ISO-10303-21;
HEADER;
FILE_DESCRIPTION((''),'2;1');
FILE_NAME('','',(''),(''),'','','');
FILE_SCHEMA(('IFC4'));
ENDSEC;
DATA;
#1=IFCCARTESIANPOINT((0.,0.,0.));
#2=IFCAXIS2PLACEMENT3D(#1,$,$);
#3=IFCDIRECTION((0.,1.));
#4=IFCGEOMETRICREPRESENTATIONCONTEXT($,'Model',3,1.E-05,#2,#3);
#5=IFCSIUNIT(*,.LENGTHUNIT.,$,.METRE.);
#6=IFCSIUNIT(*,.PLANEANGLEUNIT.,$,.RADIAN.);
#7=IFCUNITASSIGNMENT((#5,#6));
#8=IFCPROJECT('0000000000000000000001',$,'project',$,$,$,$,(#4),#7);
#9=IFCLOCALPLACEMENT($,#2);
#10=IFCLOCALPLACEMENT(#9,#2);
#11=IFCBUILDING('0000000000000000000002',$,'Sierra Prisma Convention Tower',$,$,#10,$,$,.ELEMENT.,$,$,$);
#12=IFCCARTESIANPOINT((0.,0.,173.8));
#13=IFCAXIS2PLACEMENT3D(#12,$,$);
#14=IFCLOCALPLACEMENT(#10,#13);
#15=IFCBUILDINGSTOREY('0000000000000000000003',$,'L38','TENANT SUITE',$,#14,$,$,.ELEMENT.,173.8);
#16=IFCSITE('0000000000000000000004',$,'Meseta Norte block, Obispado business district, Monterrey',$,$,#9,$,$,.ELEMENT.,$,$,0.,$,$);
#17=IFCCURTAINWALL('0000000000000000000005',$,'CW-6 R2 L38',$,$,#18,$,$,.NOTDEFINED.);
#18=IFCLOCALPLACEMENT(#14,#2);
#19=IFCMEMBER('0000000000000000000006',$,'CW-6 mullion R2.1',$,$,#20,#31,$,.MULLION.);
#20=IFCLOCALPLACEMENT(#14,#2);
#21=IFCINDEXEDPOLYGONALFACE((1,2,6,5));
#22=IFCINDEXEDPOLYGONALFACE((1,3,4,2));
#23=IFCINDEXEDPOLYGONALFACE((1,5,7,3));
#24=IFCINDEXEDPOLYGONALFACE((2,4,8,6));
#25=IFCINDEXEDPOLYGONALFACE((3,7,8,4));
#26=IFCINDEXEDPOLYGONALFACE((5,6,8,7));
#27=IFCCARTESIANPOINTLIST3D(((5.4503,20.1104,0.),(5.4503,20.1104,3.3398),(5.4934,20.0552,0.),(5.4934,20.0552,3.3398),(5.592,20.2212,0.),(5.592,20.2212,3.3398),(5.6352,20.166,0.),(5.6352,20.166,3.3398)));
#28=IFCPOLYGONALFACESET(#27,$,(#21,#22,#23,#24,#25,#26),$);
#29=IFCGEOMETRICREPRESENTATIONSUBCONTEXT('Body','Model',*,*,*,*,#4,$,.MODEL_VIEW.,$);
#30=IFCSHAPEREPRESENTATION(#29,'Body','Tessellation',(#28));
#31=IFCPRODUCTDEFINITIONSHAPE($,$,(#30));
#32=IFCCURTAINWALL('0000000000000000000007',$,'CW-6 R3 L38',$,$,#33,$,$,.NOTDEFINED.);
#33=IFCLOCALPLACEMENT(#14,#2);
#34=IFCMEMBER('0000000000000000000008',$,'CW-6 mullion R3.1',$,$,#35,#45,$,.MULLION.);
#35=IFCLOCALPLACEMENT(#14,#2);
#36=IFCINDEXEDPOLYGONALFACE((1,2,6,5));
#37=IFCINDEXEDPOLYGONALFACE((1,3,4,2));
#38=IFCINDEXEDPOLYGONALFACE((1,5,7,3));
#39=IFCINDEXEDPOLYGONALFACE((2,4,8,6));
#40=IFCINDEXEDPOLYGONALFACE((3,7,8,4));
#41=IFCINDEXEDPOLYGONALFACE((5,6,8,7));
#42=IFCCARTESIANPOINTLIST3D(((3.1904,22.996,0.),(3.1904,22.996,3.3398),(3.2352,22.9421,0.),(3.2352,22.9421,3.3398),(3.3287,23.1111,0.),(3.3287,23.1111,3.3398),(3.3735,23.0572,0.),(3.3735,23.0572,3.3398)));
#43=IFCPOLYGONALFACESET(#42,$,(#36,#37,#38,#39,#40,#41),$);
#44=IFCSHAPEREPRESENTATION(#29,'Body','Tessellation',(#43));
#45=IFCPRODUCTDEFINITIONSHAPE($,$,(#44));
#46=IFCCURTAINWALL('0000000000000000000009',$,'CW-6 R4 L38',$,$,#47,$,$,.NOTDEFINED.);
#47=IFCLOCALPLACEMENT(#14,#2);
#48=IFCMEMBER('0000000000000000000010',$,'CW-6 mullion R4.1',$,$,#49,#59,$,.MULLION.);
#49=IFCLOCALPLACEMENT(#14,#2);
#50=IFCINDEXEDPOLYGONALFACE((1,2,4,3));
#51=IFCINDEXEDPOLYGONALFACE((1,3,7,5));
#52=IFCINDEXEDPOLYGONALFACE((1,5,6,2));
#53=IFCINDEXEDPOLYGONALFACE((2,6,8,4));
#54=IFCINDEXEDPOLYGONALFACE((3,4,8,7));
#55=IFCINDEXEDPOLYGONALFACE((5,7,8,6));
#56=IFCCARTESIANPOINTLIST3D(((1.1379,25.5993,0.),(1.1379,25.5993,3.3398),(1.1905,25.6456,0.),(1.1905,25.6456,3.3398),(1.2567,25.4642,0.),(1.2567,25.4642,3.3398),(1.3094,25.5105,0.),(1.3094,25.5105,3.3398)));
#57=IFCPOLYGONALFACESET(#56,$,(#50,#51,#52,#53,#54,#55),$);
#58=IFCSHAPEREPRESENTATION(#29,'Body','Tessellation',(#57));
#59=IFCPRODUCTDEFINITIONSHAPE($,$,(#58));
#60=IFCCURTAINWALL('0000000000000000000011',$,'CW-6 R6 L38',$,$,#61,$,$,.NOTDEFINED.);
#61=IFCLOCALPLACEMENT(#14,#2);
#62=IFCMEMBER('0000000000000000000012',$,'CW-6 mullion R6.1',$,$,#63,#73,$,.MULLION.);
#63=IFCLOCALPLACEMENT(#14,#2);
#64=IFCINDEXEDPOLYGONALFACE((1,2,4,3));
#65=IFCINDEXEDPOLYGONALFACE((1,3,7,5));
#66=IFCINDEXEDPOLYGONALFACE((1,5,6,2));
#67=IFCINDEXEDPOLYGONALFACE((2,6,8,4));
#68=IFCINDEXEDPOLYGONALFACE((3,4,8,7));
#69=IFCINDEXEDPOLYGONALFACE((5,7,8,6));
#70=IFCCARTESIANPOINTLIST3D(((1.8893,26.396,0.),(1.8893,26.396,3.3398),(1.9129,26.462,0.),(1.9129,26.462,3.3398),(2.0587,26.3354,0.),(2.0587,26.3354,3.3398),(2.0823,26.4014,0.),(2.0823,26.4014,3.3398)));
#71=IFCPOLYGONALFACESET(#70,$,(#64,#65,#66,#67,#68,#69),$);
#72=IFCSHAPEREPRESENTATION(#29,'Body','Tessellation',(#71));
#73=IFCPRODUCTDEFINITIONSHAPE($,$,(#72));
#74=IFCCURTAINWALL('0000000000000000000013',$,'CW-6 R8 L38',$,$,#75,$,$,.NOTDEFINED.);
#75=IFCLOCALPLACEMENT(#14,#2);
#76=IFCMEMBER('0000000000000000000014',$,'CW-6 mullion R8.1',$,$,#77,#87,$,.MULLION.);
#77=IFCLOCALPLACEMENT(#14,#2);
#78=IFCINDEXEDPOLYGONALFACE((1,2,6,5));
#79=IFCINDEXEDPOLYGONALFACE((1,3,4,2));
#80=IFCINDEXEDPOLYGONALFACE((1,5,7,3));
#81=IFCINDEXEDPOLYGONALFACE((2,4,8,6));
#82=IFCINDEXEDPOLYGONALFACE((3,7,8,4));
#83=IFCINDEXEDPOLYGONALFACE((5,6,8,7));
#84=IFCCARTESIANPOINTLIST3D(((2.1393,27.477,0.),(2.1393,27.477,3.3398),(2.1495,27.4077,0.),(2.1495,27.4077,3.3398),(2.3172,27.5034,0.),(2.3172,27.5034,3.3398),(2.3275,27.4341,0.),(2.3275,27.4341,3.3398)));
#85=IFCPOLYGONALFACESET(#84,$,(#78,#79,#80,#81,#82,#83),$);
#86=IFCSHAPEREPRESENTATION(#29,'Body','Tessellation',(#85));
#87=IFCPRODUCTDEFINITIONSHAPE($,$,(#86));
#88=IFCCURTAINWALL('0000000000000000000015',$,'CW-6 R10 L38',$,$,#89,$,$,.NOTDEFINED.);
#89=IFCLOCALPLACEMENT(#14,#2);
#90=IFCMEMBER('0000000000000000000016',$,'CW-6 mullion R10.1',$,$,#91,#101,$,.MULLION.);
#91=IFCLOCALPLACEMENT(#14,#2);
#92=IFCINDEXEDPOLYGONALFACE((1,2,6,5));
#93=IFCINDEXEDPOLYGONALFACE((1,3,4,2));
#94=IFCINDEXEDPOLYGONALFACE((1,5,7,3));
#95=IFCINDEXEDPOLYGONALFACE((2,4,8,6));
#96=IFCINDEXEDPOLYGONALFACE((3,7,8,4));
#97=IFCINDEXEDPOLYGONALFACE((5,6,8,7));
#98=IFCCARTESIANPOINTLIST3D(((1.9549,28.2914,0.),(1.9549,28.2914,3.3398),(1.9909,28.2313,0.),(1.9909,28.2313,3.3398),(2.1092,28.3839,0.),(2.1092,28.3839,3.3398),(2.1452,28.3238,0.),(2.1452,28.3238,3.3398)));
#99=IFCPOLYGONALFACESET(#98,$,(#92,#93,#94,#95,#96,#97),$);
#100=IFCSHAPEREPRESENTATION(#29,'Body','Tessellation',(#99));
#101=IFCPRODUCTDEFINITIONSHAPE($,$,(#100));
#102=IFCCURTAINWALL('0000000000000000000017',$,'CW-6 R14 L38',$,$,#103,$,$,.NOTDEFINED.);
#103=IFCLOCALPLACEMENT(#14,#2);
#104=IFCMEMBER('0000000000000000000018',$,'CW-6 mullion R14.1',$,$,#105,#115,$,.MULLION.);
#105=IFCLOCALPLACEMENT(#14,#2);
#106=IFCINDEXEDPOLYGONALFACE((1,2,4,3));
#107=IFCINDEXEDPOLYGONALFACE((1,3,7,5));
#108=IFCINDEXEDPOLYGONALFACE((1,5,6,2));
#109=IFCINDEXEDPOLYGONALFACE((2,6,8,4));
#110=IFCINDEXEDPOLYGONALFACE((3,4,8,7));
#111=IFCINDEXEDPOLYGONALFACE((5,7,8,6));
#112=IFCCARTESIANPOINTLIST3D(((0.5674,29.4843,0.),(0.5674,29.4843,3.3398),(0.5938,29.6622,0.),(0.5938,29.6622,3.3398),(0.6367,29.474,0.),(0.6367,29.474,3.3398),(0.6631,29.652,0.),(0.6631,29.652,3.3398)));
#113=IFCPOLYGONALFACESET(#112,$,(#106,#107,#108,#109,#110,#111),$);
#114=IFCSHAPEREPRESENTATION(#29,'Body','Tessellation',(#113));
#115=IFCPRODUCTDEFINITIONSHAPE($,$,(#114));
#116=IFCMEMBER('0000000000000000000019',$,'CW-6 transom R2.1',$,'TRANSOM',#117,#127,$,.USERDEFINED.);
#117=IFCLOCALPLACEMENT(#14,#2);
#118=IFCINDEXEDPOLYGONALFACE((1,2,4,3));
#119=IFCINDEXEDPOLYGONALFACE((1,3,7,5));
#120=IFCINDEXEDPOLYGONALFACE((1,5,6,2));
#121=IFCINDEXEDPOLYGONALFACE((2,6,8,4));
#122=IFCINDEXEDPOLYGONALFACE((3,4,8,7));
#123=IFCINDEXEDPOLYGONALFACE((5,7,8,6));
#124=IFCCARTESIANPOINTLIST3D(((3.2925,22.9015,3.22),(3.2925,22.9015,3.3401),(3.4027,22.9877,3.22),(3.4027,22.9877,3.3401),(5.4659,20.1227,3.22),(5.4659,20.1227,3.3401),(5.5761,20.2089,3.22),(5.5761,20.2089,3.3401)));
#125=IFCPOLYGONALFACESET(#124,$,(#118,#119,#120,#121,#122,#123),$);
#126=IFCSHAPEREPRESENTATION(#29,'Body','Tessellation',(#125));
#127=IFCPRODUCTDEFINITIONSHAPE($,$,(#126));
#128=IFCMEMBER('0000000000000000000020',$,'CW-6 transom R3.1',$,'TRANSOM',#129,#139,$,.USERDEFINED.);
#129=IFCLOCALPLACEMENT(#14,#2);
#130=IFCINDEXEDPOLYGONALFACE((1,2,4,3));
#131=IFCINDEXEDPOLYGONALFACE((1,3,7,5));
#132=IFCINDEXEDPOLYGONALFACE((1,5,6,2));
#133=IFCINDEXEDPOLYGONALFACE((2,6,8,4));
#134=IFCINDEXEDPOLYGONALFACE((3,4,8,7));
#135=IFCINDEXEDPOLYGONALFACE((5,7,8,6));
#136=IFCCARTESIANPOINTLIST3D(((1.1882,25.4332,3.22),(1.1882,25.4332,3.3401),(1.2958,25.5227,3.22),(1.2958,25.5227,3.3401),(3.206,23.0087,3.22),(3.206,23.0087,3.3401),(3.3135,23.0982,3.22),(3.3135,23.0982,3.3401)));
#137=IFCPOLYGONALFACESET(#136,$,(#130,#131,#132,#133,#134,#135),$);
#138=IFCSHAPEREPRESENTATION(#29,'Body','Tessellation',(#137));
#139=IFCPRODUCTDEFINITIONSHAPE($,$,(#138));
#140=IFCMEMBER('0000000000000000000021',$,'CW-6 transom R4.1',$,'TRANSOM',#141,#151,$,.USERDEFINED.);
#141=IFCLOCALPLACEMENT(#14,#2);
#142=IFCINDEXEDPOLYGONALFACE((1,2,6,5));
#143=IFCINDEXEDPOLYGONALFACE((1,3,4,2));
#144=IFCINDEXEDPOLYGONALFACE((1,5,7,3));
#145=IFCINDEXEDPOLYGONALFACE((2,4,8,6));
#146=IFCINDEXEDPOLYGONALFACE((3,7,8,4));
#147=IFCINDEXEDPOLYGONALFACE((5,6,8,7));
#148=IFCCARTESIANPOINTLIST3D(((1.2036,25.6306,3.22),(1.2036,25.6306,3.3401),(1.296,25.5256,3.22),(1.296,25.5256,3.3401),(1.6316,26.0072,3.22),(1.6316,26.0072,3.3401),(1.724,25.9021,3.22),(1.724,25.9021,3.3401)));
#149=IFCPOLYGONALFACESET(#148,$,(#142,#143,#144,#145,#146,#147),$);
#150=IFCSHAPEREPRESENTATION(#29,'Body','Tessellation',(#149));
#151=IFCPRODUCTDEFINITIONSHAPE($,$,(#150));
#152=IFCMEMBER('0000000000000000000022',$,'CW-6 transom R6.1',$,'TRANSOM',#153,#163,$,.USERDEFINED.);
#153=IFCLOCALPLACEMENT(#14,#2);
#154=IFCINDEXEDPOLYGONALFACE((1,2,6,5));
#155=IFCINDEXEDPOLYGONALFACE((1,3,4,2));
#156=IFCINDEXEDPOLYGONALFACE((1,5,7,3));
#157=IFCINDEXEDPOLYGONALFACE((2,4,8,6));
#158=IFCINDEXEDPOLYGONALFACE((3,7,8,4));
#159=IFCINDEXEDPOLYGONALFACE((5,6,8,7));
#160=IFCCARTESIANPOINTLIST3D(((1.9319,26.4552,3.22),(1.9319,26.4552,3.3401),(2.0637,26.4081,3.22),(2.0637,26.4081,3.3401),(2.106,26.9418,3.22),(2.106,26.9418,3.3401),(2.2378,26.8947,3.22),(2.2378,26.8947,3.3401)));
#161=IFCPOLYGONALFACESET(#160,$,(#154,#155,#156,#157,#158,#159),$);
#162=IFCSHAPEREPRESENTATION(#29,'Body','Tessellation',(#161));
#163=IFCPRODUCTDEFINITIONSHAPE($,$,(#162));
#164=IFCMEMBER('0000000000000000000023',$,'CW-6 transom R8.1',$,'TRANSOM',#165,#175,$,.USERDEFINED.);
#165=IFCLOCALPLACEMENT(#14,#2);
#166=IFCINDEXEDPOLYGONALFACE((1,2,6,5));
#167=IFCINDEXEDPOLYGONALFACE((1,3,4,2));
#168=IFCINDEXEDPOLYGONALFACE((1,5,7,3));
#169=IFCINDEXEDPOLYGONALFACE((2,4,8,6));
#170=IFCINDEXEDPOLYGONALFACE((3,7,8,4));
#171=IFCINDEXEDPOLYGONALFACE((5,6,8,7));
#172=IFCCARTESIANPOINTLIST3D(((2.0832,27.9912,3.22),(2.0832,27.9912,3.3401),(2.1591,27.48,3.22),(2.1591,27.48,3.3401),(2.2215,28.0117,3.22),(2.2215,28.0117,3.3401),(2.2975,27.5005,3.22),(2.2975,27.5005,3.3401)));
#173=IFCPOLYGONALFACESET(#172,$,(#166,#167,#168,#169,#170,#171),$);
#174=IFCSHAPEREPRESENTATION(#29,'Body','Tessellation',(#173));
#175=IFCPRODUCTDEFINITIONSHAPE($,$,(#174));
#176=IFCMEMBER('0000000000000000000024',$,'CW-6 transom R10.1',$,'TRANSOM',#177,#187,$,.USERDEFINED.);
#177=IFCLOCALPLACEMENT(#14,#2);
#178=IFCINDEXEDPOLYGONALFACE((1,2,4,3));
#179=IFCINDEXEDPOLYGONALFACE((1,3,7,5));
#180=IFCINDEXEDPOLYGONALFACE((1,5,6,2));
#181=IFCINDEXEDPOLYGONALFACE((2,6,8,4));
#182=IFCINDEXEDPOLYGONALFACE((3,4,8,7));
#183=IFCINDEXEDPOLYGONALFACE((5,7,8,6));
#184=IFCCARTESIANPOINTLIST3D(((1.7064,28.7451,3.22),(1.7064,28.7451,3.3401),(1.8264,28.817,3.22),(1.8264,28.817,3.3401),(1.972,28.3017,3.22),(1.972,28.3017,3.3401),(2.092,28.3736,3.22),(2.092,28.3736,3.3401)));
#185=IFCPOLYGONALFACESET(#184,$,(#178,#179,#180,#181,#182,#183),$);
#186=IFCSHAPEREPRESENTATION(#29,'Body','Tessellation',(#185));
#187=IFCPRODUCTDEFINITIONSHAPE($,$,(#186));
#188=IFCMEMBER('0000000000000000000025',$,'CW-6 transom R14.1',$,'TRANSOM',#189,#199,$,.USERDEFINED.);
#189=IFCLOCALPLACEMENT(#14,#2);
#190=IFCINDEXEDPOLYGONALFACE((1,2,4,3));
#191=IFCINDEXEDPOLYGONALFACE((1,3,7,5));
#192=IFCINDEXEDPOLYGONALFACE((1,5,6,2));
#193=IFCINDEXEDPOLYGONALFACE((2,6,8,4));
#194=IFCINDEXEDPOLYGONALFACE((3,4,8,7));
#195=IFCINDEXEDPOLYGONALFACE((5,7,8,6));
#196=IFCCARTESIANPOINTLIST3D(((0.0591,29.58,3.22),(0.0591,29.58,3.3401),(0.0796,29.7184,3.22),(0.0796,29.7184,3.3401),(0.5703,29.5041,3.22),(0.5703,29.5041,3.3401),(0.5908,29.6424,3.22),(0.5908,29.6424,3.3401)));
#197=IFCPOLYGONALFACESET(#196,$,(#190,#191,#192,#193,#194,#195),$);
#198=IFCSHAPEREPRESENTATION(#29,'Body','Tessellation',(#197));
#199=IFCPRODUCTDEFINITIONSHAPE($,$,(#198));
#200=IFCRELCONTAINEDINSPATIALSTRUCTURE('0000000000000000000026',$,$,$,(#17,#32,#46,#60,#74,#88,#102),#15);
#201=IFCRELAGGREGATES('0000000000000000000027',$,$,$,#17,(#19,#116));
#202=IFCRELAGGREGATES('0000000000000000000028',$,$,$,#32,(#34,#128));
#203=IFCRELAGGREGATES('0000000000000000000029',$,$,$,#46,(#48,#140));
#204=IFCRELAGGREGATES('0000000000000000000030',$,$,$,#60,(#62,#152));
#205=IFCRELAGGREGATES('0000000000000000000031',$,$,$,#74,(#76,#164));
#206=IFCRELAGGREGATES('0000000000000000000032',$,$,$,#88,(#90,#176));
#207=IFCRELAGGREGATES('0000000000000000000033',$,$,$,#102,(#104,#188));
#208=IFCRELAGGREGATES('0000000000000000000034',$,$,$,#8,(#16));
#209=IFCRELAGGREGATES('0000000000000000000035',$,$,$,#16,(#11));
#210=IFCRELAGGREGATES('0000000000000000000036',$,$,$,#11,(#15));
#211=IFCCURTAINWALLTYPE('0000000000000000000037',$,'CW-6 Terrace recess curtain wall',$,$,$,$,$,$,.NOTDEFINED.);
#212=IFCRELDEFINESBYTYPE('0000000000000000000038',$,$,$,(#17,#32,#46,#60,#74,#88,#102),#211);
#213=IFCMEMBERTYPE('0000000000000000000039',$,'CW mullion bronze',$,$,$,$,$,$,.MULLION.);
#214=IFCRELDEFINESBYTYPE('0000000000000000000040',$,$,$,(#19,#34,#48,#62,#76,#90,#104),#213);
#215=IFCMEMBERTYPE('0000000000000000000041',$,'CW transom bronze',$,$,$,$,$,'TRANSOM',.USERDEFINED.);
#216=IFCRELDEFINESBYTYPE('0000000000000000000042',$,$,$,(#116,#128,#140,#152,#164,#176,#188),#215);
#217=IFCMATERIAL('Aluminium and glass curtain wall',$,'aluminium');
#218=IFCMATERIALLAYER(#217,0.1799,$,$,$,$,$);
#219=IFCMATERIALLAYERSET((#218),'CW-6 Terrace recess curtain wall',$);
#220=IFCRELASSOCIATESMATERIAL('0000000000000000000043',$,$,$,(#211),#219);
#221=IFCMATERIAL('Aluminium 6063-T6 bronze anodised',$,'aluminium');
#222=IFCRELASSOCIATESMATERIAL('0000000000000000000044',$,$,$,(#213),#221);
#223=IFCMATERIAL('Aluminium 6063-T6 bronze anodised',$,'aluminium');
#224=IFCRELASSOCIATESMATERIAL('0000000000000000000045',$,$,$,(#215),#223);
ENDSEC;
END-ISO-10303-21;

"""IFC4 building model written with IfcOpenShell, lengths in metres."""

from ifc_helpers import new_model, si_unit, direction, frame, origin, origin_2d, place, context, subcontext, project, spatial, rectangle, extrude, material, layer, layer_set, material_profile, profile_set, type_object, element, aggregate, save


model = new_model("IFC4")

# Units and contexts
model_context = context("Model", 3, precision=1e-05, world=origin(), true_north=direction((0.0, 1.0)))
body_context = subcontext(model_context, "Body", "Model", "MODEL_VIEW")
ifc_project = project(units=[si_unit("LENGTHUNIT", "METRE"), si_unit("PLANEANGLEUNIT", "RADIAN")], contexts=[model_context])

# Site, building, storey
site_placement = place(None, origin())
site = spatial("IfcSite", under=ifc_project, at=site_placement, Name="Meseta Norte block, Obispado business district, Monterrey", CompositionType="ELEMENT", RefElevation=0.0)
building_placement = place(site_placement, origin())
building = spatial("IfcBuilding", under=site, at=building_placement, Name="Sierra Prisma Convention Tower", CompositionType="ELEMENT")
storey_placement = place(building_placement, frame((0.0, 0.0, 173.8)))
storey = spatial("IfcBuildingStorey", under=building, at=storey_placement, Name="L38", Description="TENANT SUITE", CompositionType="ELEMENT", Elevation=173.8)

# Curtain walls, members
ifc_material_1 = material(Name="Aluminium and glass curtain wall", Category="aluminium")
ifc_layer_1 = layer(ifc_material_1, 0.1799)
ifc_layer_set_1 = layer_set([ifc_layer_1], Name="CW-6 Terrace recess curtain wall")
curtain_wall_type = type_object("IfcCurtainWallType", Name="CW-6 Terrace recess curtain wall", PredefinedType="NOTDEFINED", material=ifc_layer_set_1)
curtain_wall_1_placement = place(storey_placement, origin())
curtain_wall_1 = element("IfcCurtainWall", 1, at=curtain_wall_1_placement, inside=storey, type_object=curtain_wall_type, Name="CW-6 R2 L38", PredefinedType="NOTDEFINED")
ifc_material_2 = material(Name="Aluminium 6063-T6 bronze anodised", Category="aluminium")
ifc_material_profile_1 = material_profile(ifc_material_2, rectangle(XDim=0.1799, YDim=0.0701, at=origin_2d()), Name="ALU MULLION 70x180")
ifc_profile_set_1 = profile_set([ifc_material_profile_1], Name="Aluminium 6063-T6 bronze anodised")
member_type_1 = type_object("IfcMemberType", Name="CW mullion bronze", PredefinedType="MULLION", material=ifc_profile_set_1)
member_1_placement = place(storey_placement, frame((5.5427, 20.1382, 0.0), z_axis=(0.0, 0.0, 1.0), x_axis=(-0.787671, -0.616096, 0.0)))
member_1 = element("IfcMember", 2, at=member_1_placement, type_object=member_type_1, Name="CW-6 mullion R2.1", PredefinedType="MULLION", context=body_context, shape_type="SweptSolid", body=[
    extrude(rectangle(XDim=0.1799, YDim=0.0701, at=origin_2d()), origin(), (0.0, 0.0, 1.0), 3.3398),
])
curtain_wall_2_placement = place(storey_placement, origin())
curtain_wall_2 = element("IfcCurtainWall", 3, at=curtain_wall_2_placement, inside=storey, type_object=curtain_wall_type, Name="CW-6 R3 L38", PredefinedType="NOTDEFINED")
member_2_placement = place(storey_placement, frame((3.282, 23.0266, 0.0), z_axis=(0.0, 0.0, 1.0), x_axis=(-0.768666, -0.639651, 0.0)))
member_2 = element("IfcMember", 4, at=member_2_placement, type_object=member_type_1, Name="CW-6 mullion R3.1", PredefinedType="MULLION", context=body_context, shape_type="SweptSolid", body=[
    extrude(rectangle(XDim=0.1799, YDim=0.0701, at=origin_2d()), origin(), (0.0, 0.0, 1.0), 3.3398),
])
curtain_wall_3_placement = place(storey_placement, origin())
curtain_wall_3 = element("IfcCurtainWall", 5, at=curtain_wall_3_placement, inside=storey, type_object=curtain_wall_type, Name="CW-6 R4 L38", PredefinedType="NOTDEFINED")
member_3_placement = place(storey_placement, frame((1.2236, 25.5549, 0.0), z_axis=(0.0, 0.0, 1.0), x_axis=(-0.660476, 0.750847, 0.0)))
member_3 = element("IfcMember", 6, at=member_3_placement, type_object=member_type_1, Name="CW-6 mullion R4.1", PredefinedType="MULLION", context=body_context, shape_type="SweptSolid", body=[
    extrude(rectangle(XDim=0.1799, YDim=0.0701, at=origin_2d()), origin(), (0.0, 0.0, 1.0), 3.3398),
])
curtain_wall_4_placement = place(storey_placement, origin())
curtain_wall_4 = element("IfcCurtainWall", 7, at=curtain_wall_4_placement, inside=storey, type_object=curtain_wall_type, Name="CW-6 R6 L38", PredefinedType="NOTDEFINED")
member_4_placement = place(storey_placement, frame((1.9858, 26.3987, 0.0), z_axis=(0.0, 0.0, 1.0), x_axis=(-0.941544, 0.33689, 0.0)))
member_4 = element("IfcMember", 8, at=member_4_placement, type_object=member_type_1, Name="CW-6 mullion R6.1", PredefinedType="MULLION", context=body_context, shape_type="SweptSolid", body=[
    extrude(rectangle(XDim=0.1799, YDim=0.0701, at=origin_2d()), origin(), (0.0, 0.0, 1.0), 3.3398),
])
curtain_wall_5_placement = place(storey_placement, origin())
curtain_wall_5 = element("IfcCurtainWall", 9, at=curtain_wall_5_placement, inside=storey, type_object=curtain_wall_type, Name="CW-6 R8 L38", PredefinedType="NOTDEFINED")
member_5_placement = place(storey_placement, frame((2.2334, 27.4556, 0.0), z_axis=(0.0, 0.0, 1.0), x_axis=(-0.989177, -0.14673, 0.0)))
member_5 = element("IfcMember", 10, at=member_5_placement, type_object=member_type_1, Name="CW-6 mullion R8.1", PredefinedType="MULLION", context=body_context, shape_type="SweptSolid", body=[
    extrude(rectangle(XDim=0.1799, YDim=0.0701, at=origin_2d()), origin(), (0.0, 0.0, 1.0), 3.3398),
])
curtain_wall_6_placement = place(storey_placement, origin())
curtain_wall_6 = element("IfcCurtainWall", 11, at=curtain_wall_6_placement, inside=storey, type_object=curtain_wall_type, Name="CW-6 R10 L38", PredefinedType="NOTDEFINED")
member_6_placement = place(storey_placement, frame((2.05, 28.3076, 0.0), z_axis=(0.0, 0.0, 1.0), x_axis=(-0.857729, -0.514103, 0.0)))
member_6 = element("IfcMember", 12, at=member_6_placement, type_object=member_type_1, Name="CW-6 mullion R10.1", PredefinedType="MULLION", context=body_context, shape_type="SweptSolid", body=[
    extrude(rectangle(XDim=0.1799, YDim=0.0701, at=origin_2d()), origin(), (0.0, 0.0, 1.0), 3.3398),
])
curtain_wall_7_placement = place(storey_placement, origin())
curtain_wall_7 = element("IfcCurtainWall", 13, at=curtain_wall_7_placement, inside=storey, type_object=curtain_wall_type, Name="CW-6 R14 L38", PredefinedType="NOTDEFINED")
member_7_placement = place(storey_placement, frame((0.6152, 29.5681, 0.0), z_axis=(0.0, 0.0, 1.0), x_axis=(-0.14673, -0.989177, 0.0)))
member_7 = element("IfcMember", 14, at=member_7_placement, type_object=member_type_1, Name="CW-6 mullion R14.1", PredefinedType="MULLION", context=body_context, shape_type="SweptSolid", body=[
    extrude(rectangle(XDim=0.1799, YDim=0.0701, at=origin_2d()), origin(), (0.0, 0.0, 1.0), 3.3398),
])

# Members
ifc_material_3 = material(Name="Aluminium 6063-T6 bronze anodised", Category="aluminium")
ifc_material_profile_2 = material_profile(ifc_material_3, rectangle(XDim=0.1399, YDim=0.1201, at=origin_2d()), Name="ALU TRANSOM 120x140")
ifc_profile_set_2 = profile_set([ifc_material_profile_2], Name="Aluminium 6063-T6 bronze anodised")
member_type_2 = type_object("IfcMemberType", Name="CW transom bronze", ElementType="TRANSOM", PredefinedType="USERDEFINED", material=ifc_profile_set_2)
member_8_placement = place(storey_placement, frame((5.521, 20.1658, 3.28), z_axis=(-0.616066, 0.787695, 0.0), x_axis=(-0.787695, -0.616066, 0.0)))
member_8 = element("IfcMember", 15, at=member_8_placement, type_object=member_type_2, Name="CW-6 transom R2.1", ObjectType="TRANSOM", PredefinedType="USERDEFINED", context=body_context, shape_type="SweptSolid", body=[
    extrude(rectangle(XDim=0.1399, YDim=0.1201, at=origin_2d()), origin(), (0.0, 0.0, 1.0), 3.5278),
])
member_9_placement = place(storey_placement, frame((3.2598, 23.0535, 3.28), z_axis=(-0.639689, 0.768633, 0.0), x_axis=(-0.768633, -0.639689, 0.0)))
member_9 = element("IfcMember", 16, at=member_9_placement, type_object=member_type_2, Name="CW-6 transom R3.1", ObjectType="TRANSOM", PredefinedType="USERDEFINED", context=body_context, shape_type="SweptSolid", body=[
    extrude(rectangle(XDim=0.1399, YDim=0.1201, at=origin_2d()), origin(), (0.0, 0.0, 1.0), 3.1543),
])
member_10_placement = place(storey_placement, frame((1.2498, 25.5781, 3.28), z_axis=(0.750849, 0.660473, 0.0), x_axis=(-0.660473, 0.750849, 0.0)))
member_10 = element("IfcMember", 17, at=member_10_placement, type_object=member_type_2, Name="CW-6 transom R4.1", ObjectType="TRANSOM", PredefinedType="USERDEFINED", context=body_context, shape_type="SweptSolid", body=[
    extrude(rectangle(XDim=0.1399, YDim=0.1201, at=origin_2d()), origin(), (0.0, 0.0, 1.0), 0.5701),
])
member_11_placement = place(storey_placement, frame((1.9978, 26.4316, 3.28), z_axis=(0.336845, 0.94156, 0.0), x_axis=(-0.94156, 0.336845, 0.0)))
member_11 = element("IfcMember", 18, at=member_11_placement, type_object=member_type_2, Name="CW-6 transom R6.1", ObjectType="TRANSOM", PredefinedType="USERDEFINED", context=body_context, shape_type="SweptSolid", body=[
    extrude(rectangle(XDim=0.1399, YDim=0.1201, at=origin_2d()), origin(), (0.0, 0.0, 1.0), 0.5168),
])
member_12_placement = place(storey_placement, frame((2.2283, 27.4902, 3.28), z_axis=(-0.146908, 0.98915, 0.0), x_axis=(-0.98915, -0.146908, 0.0)))
member_12 = element("IfcMember", 19, at=member_12_placement, type_object=member_type_2, Name="CW-6 transom R8.1", ObjectType="TRANSOM", PredefinedType="USERDEFINED", context=body_context, shape_type="SweptSolid", body=[
    extrude(rectangle(XDim=0.1399, YDim=0.1201, at=origin_2d()), origin(), (0.0, 0.0, 1.0), 0.5168),
])
member_13_placement = place(storey_placement, frame((2.032, 28.3376, 3.28), z_axis=(-0.51394, 0.857826, 0.0), x_axis=(-0.857826, -0.51394, 0.0)))
member_13 = element("IfcMember", 20, at=member_13_placement, type_object=member_type_2, Name="CW-6 transom R10.1", ObjectType="TRANSOM", PredefinedType="USERDEFINED", context=body_context, shape_type="SweptSolid", body=[
    extrude(rectangle(XDim=0.1399, YDim=0.1201, at=origin_2d()), origin(), (0.0, 0.0, 1.0), 0.5168),
])
member_14_placement = place(storey_placement, frame((0.5806, 29.5732, 3.28), z_axis=(-0.98915, 0.146908, 0.0), x_axis=(-0.146908, -0.98915, 0.0)))
member_14 = element("IfcMember", 21, at=member_14_placement, type_object=member_type_2, Name="CW-6 transom R14.1", ObjectType="TRANSOM", PredefinedType="USERDEFINED", context=body_context, shape_type="SweptSolid", body=[
    extrude(rectangle(XDim=0.1399, YDim=0.1201, at=origin_2d()), origin(), (0.0, 0.0, 1.0), 0.5168),
])

aggregate(curtain_wall_1, [member_1, member_8])
aggregate(curtain_wall_2, [member_2, member_9])
aggregate(curtain_wall_3, [member_3, member_10])
aggregate(curtain_wall_4, [member_4, member_11])
aggregate(curtain_wall_5, [member_5, member_12])
aggregate(curtain_wall_6, [member_6, member_13])
aggregate(curtain_wall_7, [member_7, member_14])

save(model, "model.ifc")
